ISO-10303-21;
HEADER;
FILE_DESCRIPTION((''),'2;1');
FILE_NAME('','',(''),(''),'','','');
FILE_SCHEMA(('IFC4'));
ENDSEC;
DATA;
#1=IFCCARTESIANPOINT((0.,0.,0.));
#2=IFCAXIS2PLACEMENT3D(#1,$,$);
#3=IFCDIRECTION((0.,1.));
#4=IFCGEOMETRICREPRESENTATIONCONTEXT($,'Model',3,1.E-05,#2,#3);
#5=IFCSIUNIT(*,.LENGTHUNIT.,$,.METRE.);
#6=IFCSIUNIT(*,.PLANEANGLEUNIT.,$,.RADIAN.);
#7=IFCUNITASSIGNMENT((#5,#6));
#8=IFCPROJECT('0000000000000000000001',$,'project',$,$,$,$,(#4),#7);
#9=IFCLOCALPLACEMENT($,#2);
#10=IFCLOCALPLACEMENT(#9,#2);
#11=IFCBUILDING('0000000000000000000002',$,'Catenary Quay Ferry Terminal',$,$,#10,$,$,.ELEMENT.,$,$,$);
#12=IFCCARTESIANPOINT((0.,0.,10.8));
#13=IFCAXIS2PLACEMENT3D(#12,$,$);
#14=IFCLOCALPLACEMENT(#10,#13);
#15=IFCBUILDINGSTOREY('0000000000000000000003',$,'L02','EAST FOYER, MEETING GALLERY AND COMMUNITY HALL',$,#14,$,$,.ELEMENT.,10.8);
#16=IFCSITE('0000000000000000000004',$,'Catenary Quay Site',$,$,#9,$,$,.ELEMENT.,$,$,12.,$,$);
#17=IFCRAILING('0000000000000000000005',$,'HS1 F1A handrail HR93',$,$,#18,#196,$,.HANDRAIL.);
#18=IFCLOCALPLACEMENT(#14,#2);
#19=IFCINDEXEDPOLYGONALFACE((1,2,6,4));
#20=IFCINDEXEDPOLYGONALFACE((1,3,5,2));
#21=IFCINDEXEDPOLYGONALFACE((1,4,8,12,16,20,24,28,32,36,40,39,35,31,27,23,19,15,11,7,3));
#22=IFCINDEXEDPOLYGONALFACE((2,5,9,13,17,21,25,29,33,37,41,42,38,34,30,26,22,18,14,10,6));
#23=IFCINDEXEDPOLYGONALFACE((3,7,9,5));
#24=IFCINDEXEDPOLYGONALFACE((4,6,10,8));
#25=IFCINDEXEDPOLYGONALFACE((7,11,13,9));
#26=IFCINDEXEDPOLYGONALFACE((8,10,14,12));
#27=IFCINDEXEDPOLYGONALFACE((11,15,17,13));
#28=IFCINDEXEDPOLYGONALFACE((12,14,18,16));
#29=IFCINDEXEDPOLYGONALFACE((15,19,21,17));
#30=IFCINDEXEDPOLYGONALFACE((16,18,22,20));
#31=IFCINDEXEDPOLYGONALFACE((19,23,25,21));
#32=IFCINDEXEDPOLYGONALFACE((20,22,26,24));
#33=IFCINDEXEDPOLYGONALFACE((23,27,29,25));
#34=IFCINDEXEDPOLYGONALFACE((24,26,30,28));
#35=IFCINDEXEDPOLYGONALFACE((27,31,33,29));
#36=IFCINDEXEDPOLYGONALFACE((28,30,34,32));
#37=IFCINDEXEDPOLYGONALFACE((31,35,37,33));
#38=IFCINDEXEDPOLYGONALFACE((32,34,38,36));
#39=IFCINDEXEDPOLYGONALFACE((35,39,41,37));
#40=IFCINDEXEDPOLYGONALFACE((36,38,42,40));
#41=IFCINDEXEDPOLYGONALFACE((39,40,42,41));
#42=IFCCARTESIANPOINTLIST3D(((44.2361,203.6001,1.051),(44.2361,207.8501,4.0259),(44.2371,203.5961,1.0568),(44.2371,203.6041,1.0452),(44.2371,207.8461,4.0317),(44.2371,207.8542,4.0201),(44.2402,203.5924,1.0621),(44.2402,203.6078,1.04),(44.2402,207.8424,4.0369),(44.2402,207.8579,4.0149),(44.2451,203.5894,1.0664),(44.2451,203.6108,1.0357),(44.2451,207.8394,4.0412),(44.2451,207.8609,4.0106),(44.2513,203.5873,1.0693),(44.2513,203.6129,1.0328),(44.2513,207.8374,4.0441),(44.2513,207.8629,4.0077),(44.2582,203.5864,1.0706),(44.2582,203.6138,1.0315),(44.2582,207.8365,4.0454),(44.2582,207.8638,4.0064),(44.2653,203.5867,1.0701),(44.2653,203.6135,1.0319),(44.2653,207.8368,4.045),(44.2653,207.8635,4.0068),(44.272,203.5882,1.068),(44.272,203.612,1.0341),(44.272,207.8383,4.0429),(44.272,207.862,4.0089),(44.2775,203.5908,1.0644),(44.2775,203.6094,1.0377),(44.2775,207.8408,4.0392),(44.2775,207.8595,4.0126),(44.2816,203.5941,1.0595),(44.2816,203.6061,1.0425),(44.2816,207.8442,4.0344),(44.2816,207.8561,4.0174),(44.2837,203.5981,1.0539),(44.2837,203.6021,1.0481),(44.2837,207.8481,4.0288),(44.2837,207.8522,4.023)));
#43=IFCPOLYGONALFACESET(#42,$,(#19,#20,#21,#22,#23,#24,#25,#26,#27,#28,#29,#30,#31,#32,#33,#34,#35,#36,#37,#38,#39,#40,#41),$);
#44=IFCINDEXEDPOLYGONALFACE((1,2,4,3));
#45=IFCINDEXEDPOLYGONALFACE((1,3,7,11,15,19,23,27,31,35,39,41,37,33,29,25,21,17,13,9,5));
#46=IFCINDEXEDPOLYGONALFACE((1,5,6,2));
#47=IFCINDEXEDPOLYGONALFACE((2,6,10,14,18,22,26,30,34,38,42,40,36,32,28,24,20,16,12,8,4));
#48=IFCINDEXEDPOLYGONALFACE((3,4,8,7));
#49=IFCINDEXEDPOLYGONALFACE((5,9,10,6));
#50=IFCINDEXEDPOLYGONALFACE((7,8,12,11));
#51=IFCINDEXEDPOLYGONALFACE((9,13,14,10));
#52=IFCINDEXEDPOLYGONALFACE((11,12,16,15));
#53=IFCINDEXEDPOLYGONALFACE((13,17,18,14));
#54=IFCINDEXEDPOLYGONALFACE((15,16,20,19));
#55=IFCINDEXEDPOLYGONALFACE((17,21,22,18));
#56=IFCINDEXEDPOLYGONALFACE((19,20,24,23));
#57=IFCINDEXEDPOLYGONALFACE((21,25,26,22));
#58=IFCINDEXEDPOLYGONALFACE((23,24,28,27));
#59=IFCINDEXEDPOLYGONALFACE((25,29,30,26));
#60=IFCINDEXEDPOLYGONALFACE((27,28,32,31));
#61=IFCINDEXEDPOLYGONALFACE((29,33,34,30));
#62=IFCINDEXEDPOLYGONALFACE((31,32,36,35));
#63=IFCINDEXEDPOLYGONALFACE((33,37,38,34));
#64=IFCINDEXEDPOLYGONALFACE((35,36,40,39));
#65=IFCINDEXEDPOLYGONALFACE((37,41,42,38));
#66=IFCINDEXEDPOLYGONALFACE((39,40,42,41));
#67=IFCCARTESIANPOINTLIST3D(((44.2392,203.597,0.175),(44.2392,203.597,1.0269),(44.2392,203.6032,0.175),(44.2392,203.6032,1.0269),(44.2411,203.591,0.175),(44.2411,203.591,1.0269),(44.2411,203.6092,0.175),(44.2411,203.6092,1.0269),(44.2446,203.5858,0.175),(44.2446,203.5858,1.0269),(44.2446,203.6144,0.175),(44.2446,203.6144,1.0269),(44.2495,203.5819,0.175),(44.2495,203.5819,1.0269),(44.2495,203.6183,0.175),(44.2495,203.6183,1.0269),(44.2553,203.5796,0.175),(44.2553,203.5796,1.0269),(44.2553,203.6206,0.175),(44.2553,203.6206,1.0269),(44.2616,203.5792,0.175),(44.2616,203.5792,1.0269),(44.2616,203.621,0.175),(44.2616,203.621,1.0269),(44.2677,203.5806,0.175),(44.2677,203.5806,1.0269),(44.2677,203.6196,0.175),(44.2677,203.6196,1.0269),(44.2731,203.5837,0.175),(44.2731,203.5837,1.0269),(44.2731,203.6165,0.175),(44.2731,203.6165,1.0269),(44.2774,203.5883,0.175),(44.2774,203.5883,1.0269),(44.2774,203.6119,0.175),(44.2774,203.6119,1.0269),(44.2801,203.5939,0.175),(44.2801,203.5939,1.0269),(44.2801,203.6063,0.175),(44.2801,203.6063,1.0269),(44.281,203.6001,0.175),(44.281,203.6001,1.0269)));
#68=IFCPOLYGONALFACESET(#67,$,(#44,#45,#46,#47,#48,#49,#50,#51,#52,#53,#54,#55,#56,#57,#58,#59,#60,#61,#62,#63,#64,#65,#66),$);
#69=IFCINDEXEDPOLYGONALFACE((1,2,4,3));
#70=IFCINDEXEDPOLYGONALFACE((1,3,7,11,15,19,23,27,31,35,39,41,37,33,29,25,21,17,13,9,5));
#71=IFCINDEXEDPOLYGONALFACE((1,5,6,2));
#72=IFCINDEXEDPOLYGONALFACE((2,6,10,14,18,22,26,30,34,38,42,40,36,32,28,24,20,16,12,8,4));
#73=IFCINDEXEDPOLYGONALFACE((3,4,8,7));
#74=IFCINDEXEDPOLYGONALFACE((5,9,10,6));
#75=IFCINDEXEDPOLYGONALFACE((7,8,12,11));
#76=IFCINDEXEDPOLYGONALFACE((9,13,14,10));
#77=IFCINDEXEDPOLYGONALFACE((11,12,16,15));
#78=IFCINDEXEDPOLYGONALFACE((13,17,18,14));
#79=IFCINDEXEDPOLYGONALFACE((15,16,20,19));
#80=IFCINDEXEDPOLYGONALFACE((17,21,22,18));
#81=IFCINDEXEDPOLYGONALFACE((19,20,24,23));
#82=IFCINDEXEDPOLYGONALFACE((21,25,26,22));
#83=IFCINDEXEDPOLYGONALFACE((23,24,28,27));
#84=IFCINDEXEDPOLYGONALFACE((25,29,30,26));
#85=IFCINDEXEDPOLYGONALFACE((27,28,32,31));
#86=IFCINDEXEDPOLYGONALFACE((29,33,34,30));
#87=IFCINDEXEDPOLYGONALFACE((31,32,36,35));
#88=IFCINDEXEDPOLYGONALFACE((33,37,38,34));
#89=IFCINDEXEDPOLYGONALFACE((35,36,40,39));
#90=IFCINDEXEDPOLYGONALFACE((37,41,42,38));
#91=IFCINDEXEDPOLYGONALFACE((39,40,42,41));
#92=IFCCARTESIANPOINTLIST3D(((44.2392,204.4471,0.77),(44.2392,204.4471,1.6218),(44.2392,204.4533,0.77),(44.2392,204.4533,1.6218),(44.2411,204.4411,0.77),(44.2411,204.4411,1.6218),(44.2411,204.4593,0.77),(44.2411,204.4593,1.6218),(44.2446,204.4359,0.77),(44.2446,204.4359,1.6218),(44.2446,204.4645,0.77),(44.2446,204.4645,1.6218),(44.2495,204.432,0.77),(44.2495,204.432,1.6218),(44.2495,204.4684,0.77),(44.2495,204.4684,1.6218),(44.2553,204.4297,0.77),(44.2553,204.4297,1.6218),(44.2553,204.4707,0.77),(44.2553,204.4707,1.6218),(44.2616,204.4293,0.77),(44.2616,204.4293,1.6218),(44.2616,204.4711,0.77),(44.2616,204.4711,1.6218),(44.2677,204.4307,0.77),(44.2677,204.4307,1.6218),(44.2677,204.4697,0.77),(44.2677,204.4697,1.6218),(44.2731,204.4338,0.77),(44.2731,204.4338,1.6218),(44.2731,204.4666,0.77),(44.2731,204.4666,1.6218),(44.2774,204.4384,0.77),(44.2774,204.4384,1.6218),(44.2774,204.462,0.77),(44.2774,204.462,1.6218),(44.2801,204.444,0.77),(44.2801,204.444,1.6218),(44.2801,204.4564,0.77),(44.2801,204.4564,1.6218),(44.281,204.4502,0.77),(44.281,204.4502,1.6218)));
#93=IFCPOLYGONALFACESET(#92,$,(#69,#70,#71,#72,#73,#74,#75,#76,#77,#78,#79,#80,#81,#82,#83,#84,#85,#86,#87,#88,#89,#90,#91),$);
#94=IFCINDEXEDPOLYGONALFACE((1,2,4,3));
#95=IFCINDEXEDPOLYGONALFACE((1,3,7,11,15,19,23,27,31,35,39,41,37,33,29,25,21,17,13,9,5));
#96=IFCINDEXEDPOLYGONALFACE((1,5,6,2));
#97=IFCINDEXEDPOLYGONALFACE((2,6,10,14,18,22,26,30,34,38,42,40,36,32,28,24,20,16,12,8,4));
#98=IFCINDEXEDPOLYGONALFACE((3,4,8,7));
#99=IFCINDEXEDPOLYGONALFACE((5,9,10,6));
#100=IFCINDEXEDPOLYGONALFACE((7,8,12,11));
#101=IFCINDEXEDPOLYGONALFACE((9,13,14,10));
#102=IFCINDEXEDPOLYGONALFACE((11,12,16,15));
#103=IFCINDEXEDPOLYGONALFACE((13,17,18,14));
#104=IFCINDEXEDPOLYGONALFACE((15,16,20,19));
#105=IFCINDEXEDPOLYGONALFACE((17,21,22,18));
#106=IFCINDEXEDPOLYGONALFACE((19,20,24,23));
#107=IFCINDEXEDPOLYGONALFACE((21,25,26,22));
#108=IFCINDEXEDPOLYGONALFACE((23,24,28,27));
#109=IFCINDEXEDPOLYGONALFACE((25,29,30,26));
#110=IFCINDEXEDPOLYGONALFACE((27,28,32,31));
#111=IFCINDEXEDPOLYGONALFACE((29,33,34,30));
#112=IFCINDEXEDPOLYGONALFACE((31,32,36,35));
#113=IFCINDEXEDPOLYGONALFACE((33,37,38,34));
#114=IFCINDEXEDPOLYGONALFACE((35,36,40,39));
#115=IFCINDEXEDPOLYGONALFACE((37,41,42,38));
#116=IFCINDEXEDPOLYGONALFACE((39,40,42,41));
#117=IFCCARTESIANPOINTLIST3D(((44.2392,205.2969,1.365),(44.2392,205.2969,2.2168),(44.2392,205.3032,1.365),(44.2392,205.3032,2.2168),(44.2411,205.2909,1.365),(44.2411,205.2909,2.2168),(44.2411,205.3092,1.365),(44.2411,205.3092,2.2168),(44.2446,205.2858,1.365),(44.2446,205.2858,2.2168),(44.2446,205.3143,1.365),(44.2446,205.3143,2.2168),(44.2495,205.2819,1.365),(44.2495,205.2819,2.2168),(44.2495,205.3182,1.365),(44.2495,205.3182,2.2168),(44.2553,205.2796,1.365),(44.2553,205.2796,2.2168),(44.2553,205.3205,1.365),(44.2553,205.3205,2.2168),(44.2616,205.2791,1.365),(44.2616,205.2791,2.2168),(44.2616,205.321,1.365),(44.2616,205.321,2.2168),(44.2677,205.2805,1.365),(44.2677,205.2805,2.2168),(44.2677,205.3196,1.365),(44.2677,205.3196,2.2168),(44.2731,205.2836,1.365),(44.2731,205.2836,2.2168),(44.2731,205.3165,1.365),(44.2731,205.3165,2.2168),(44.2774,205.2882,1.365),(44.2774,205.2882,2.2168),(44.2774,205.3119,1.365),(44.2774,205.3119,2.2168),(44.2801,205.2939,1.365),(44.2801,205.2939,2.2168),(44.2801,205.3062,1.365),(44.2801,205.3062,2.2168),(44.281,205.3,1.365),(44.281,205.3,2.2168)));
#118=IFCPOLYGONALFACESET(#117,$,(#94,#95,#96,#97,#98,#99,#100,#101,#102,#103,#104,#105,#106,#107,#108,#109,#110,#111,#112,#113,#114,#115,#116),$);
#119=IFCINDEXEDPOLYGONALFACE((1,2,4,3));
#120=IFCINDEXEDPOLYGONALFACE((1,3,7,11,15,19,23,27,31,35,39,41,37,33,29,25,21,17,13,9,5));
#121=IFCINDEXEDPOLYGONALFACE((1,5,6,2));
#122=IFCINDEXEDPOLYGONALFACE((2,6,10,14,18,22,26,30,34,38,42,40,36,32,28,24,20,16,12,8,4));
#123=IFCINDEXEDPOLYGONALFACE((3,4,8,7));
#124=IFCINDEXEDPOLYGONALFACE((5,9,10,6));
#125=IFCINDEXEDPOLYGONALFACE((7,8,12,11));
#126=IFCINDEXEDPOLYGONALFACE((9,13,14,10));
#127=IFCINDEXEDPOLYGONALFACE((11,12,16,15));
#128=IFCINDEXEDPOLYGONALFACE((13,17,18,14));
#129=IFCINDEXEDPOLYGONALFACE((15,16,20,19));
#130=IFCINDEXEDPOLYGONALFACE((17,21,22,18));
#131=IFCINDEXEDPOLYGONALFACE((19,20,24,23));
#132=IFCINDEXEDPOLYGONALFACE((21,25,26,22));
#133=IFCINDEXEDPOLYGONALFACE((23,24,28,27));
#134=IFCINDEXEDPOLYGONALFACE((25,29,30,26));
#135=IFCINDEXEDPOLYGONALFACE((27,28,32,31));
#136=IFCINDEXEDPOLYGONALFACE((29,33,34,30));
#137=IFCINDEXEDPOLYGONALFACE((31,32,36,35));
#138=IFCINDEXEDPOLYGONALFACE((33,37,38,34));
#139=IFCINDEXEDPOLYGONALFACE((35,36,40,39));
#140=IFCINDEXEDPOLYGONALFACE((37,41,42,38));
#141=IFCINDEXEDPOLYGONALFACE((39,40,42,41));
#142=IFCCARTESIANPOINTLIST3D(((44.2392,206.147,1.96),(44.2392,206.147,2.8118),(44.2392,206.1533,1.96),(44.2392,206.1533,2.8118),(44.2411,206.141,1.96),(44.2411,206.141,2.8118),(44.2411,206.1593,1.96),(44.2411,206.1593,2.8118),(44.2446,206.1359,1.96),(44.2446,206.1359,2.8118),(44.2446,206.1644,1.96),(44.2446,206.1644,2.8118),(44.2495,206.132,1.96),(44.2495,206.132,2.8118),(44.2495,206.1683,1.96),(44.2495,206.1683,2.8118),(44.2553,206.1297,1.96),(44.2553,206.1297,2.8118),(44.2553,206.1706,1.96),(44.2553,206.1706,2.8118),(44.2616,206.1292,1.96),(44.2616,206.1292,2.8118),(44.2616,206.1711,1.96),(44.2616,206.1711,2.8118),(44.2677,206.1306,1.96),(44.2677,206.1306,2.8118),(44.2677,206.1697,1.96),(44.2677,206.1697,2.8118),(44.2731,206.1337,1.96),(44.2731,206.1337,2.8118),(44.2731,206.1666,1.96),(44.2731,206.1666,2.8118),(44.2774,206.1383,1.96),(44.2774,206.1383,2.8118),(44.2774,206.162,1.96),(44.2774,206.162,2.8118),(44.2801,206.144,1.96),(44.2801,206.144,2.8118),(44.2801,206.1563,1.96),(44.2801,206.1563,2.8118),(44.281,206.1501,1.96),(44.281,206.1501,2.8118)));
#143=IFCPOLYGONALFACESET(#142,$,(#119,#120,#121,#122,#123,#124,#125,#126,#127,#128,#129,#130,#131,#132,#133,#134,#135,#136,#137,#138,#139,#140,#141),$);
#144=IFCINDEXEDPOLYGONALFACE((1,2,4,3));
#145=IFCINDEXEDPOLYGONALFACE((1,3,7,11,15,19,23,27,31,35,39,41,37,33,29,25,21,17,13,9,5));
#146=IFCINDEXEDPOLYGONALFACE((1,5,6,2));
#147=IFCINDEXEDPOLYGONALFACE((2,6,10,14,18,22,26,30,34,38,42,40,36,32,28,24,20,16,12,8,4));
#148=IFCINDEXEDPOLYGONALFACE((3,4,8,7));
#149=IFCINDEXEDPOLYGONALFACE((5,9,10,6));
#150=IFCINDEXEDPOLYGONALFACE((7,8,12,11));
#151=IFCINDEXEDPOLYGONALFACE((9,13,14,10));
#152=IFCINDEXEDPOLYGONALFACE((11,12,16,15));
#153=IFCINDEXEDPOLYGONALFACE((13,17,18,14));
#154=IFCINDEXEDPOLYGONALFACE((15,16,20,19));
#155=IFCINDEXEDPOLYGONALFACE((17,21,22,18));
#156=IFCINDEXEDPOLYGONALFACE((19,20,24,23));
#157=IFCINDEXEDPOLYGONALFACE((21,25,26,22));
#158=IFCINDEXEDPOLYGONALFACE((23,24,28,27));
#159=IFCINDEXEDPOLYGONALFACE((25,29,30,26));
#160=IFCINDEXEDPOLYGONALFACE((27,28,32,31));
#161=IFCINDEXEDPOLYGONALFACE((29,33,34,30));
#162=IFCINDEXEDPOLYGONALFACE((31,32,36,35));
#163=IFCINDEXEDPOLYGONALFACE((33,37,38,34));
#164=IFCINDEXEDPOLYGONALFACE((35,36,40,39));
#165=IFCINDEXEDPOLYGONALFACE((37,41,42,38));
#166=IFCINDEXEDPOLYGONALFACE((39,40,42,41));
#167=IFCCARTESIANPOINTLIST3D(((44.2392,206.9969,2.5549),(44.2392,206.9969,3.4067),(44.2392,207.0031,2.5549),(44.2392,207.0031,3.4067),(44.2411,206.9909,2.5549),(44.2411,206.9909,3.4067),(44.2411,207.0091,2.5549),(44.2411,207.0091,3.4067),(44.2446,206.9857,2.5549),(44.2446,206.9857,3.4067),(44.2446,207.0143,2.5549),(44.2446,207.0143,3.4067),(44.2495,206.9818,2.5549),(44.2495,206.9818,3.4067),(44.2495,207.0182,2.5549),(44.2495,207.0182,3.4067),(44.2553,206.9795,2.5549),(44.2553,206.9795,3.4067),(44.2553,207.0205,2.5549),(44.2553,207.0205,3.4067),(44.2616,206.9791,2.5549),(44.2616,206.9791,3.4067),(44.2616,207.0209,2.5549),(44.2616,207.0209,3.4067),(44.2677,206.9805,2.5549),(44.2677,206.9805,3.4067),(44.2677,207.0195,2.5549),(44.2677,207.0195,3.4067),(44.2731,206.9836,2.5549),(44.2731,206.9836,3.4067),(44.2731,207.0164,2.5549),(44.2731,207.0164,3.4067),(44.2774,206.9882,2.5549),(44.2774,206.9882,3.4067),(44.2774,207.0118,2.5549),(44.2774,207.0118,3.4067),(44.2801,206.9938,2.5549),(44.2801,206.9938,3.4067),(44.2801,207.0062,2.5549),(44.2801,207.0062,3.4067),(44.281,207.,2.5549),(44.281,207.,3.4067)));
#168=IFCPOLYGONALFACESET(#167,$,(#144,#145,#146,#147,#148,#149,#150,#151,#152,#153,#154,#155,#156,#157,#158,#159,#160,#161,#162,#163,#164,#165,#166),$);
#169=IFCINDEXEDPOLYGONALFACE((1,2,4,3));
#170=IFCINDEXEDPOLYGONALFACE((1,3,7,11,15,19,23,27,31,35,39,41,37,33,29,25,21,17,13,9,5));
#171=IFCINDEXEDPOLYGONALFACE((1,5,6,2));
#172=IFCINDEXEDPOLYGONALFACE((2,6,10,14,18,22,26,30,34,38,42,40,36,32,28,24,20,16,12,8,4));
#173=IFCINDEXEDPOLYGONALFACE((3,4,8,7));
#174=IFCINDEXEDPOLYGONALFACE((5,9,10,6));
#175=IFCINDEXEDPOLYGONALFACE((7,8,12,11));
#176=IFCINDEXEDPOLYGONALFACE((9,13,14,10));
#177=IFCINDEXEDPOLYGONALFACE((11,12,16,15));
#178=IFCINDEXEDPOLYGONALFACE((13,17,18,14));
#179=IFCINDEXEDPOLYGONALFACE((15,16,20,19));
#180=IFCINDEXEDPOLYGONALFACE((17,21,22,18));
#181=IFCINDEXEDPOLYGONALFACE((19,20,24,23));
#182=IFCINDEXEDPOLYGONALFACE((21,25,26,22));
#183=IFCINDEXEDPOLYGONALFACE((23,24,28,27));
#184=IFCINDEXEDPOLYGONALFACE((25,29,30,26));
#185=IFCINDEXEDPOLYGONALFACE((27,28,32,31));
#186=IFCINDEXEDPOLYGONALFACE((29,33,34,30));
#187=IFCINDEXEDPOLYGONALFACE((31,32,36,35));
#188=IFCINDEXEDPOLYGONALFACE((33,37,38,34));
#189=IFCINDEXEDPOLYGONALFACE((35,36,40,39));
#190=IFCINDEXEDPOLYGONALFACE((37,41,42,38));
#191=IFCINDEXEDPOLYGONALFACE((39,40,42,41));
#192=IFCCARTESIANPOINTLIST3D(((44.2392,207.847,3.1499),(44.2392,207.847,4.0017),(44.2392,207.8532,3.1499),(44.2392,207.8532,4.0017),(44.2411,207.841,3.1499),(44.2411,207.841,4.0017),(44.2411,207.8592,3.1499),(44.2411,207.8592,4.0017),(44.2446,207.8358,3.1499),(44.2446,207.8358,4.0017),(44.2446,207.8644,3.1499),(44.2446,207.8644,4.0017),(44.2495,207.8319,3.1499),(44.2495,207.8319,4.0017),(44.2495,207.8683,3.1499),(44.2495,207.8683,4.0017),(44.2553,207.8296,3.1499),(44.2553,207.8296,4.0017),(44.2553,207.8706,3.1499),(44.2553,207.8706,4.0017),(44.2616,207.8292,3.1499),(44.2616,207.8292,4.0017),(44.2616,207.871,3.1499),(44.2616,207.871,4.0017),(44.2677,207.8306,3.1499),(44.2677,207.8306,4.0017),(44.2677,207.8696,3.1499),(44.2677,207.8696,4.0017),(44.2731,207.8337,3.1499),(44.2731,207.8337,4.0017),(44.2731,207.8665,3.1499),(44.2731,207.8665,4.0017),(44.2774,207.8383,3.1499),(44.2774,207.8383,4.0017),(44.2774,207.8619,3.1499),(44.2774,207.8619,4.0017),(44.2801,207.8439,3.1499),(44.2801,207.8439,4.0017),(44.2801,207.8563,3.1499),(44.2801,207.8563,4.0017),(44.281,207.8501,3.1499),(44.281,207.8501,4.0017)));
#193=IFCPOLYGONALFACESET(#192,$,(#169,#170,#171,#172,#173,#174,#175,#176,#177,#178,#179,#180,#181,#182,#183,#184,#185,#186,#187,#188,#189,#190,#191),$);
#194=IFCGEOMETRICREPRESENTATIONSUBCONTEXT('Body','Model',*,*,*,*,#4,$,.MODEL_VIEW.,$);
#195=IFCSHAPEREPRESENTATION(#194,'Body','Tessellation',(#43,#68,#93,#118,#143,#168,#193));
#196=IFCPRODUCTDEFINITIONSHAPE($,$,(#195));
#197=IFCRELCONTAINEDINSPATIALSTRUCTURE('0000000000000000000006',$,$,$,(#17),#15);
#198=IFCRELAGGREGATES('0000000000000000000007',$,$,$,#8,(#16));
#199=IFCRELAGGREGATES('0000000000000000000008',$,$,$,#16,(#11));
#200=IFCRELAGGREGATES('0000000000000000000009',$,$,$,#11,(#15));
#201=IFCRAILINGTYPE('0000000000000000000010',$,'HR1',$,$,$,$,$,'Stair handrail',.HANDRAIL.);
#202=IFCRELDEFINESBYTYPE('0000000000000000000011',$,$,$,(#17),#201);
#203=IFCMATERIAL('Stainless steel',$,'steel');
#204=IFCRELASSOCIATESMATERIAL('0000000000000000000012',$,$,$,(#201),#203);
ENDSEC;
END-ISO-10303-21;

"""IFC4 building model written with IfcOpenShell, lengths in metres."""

from ifc_helpers import new_model, si_unit, direction, frame, origin, origin_2d, place, context, subcontext, project, spatial, circle, extrude, material, type_object, element, save


model = new_model("IFC4")

# Units and contexts
model_context = context("Model", 3, precision=1e-05, world=origin(), true_north=direction((0.0, 1.0)))
body_context = subcontext(model_context, "Body", "Model", "MODEL_VIEW")
ifc_project = project(units=[si_unit("LENGTHUNIT", "METRE"), si_unit("PLANEANGLEUNIT", "RADIAN")], contexts=[model_context])

# Site, building, storey
site_placement = place(None, origin())
site = spatial("IfcSite", under=ifc_project, at=site_placement, Name="Catenary Quay Site", CompositionType="ELEMENT", RefElevation=12.0)
building_placement = place(site_placement, origin())
building = spatial("IfcBuilding", under=site, at=building_placement, Name="Catenary Quay Ferry Terminal", CompositionType="ELEMENT")
storey_placement = place(building_placement, frame((0.0, 0.0, 10.8)))
storey = spatial("IfcBuildingStorey", under=building, at=storey_placement, Name="L02", Description="EAST FOYER, MEETING GALLERY AND COMMUNITY HALL", CompositionType="ELEMENT", Elevation=10.8)

# Railing
ifc_material_1 = material(Name="Stainless steel", Category="steel")
railing_type_1 = type_object("IfcRailingType", Name="HR1", ElementType="Stair handrail", PredefinedType="HANDRAIL", material=ifc_material_1)
for number, where, name in (
    (1, (44.26, 203.6001, 0.175), "HS1 F1A handrail HR93"),
):
    element("IfcRailing", number, at=place(storey_placement, frame(where)), inside=storey, type_object=railing_type_1, Name=name, PredefinedType="HANDRAIL", context=body_context, shape_type="SweptSolid", body=[
        extrude(circle(Radius=0.0239, at=origin_2d()), frame((0.0, 0.0, 0.876), z_axis=(0.0, 0.819245, 0.573443), x_axis=(-1.0, 0.0, 0.0)), (0.0, 0.0, 1.0), 5.1877),
        extrude(circle(Radius=0.021, at=origin_2d()), origin(), (0.0, 0.0, 1.0), 0.8518),
        extrude(circle(Radius=0.021, at=origin_2d()), frame((0.0, 0.8501, 0.595)), (0.0, 0.0, 1.0), 0.8518),
        extrude(circle(Radius=0.021, at=origin_2d()), frame((0.0, 1.7, 1.1899)), (0.0, 0.0, 1.0), 0.8518),
        extrude(circle(Radius=0.021, at=origin_2d()), frame((0.0, 2.55, 1.7849)), (0.0, 0.0, 1.0), 0.8518),
        extrude(circle(Radius=0.021, at=origin_2d()), frame((0.0, 3.3999, 2.3799)), (0.0, 0.0, 1.0), 0.8518),
        extrude(circle(Radius=0.021, at=origin_2d()), frame((0.0, 4.25, 2.9749)), (0.0, 0.0, 1.0), 0.8518),
    ])

save(model, "model.ifc")
